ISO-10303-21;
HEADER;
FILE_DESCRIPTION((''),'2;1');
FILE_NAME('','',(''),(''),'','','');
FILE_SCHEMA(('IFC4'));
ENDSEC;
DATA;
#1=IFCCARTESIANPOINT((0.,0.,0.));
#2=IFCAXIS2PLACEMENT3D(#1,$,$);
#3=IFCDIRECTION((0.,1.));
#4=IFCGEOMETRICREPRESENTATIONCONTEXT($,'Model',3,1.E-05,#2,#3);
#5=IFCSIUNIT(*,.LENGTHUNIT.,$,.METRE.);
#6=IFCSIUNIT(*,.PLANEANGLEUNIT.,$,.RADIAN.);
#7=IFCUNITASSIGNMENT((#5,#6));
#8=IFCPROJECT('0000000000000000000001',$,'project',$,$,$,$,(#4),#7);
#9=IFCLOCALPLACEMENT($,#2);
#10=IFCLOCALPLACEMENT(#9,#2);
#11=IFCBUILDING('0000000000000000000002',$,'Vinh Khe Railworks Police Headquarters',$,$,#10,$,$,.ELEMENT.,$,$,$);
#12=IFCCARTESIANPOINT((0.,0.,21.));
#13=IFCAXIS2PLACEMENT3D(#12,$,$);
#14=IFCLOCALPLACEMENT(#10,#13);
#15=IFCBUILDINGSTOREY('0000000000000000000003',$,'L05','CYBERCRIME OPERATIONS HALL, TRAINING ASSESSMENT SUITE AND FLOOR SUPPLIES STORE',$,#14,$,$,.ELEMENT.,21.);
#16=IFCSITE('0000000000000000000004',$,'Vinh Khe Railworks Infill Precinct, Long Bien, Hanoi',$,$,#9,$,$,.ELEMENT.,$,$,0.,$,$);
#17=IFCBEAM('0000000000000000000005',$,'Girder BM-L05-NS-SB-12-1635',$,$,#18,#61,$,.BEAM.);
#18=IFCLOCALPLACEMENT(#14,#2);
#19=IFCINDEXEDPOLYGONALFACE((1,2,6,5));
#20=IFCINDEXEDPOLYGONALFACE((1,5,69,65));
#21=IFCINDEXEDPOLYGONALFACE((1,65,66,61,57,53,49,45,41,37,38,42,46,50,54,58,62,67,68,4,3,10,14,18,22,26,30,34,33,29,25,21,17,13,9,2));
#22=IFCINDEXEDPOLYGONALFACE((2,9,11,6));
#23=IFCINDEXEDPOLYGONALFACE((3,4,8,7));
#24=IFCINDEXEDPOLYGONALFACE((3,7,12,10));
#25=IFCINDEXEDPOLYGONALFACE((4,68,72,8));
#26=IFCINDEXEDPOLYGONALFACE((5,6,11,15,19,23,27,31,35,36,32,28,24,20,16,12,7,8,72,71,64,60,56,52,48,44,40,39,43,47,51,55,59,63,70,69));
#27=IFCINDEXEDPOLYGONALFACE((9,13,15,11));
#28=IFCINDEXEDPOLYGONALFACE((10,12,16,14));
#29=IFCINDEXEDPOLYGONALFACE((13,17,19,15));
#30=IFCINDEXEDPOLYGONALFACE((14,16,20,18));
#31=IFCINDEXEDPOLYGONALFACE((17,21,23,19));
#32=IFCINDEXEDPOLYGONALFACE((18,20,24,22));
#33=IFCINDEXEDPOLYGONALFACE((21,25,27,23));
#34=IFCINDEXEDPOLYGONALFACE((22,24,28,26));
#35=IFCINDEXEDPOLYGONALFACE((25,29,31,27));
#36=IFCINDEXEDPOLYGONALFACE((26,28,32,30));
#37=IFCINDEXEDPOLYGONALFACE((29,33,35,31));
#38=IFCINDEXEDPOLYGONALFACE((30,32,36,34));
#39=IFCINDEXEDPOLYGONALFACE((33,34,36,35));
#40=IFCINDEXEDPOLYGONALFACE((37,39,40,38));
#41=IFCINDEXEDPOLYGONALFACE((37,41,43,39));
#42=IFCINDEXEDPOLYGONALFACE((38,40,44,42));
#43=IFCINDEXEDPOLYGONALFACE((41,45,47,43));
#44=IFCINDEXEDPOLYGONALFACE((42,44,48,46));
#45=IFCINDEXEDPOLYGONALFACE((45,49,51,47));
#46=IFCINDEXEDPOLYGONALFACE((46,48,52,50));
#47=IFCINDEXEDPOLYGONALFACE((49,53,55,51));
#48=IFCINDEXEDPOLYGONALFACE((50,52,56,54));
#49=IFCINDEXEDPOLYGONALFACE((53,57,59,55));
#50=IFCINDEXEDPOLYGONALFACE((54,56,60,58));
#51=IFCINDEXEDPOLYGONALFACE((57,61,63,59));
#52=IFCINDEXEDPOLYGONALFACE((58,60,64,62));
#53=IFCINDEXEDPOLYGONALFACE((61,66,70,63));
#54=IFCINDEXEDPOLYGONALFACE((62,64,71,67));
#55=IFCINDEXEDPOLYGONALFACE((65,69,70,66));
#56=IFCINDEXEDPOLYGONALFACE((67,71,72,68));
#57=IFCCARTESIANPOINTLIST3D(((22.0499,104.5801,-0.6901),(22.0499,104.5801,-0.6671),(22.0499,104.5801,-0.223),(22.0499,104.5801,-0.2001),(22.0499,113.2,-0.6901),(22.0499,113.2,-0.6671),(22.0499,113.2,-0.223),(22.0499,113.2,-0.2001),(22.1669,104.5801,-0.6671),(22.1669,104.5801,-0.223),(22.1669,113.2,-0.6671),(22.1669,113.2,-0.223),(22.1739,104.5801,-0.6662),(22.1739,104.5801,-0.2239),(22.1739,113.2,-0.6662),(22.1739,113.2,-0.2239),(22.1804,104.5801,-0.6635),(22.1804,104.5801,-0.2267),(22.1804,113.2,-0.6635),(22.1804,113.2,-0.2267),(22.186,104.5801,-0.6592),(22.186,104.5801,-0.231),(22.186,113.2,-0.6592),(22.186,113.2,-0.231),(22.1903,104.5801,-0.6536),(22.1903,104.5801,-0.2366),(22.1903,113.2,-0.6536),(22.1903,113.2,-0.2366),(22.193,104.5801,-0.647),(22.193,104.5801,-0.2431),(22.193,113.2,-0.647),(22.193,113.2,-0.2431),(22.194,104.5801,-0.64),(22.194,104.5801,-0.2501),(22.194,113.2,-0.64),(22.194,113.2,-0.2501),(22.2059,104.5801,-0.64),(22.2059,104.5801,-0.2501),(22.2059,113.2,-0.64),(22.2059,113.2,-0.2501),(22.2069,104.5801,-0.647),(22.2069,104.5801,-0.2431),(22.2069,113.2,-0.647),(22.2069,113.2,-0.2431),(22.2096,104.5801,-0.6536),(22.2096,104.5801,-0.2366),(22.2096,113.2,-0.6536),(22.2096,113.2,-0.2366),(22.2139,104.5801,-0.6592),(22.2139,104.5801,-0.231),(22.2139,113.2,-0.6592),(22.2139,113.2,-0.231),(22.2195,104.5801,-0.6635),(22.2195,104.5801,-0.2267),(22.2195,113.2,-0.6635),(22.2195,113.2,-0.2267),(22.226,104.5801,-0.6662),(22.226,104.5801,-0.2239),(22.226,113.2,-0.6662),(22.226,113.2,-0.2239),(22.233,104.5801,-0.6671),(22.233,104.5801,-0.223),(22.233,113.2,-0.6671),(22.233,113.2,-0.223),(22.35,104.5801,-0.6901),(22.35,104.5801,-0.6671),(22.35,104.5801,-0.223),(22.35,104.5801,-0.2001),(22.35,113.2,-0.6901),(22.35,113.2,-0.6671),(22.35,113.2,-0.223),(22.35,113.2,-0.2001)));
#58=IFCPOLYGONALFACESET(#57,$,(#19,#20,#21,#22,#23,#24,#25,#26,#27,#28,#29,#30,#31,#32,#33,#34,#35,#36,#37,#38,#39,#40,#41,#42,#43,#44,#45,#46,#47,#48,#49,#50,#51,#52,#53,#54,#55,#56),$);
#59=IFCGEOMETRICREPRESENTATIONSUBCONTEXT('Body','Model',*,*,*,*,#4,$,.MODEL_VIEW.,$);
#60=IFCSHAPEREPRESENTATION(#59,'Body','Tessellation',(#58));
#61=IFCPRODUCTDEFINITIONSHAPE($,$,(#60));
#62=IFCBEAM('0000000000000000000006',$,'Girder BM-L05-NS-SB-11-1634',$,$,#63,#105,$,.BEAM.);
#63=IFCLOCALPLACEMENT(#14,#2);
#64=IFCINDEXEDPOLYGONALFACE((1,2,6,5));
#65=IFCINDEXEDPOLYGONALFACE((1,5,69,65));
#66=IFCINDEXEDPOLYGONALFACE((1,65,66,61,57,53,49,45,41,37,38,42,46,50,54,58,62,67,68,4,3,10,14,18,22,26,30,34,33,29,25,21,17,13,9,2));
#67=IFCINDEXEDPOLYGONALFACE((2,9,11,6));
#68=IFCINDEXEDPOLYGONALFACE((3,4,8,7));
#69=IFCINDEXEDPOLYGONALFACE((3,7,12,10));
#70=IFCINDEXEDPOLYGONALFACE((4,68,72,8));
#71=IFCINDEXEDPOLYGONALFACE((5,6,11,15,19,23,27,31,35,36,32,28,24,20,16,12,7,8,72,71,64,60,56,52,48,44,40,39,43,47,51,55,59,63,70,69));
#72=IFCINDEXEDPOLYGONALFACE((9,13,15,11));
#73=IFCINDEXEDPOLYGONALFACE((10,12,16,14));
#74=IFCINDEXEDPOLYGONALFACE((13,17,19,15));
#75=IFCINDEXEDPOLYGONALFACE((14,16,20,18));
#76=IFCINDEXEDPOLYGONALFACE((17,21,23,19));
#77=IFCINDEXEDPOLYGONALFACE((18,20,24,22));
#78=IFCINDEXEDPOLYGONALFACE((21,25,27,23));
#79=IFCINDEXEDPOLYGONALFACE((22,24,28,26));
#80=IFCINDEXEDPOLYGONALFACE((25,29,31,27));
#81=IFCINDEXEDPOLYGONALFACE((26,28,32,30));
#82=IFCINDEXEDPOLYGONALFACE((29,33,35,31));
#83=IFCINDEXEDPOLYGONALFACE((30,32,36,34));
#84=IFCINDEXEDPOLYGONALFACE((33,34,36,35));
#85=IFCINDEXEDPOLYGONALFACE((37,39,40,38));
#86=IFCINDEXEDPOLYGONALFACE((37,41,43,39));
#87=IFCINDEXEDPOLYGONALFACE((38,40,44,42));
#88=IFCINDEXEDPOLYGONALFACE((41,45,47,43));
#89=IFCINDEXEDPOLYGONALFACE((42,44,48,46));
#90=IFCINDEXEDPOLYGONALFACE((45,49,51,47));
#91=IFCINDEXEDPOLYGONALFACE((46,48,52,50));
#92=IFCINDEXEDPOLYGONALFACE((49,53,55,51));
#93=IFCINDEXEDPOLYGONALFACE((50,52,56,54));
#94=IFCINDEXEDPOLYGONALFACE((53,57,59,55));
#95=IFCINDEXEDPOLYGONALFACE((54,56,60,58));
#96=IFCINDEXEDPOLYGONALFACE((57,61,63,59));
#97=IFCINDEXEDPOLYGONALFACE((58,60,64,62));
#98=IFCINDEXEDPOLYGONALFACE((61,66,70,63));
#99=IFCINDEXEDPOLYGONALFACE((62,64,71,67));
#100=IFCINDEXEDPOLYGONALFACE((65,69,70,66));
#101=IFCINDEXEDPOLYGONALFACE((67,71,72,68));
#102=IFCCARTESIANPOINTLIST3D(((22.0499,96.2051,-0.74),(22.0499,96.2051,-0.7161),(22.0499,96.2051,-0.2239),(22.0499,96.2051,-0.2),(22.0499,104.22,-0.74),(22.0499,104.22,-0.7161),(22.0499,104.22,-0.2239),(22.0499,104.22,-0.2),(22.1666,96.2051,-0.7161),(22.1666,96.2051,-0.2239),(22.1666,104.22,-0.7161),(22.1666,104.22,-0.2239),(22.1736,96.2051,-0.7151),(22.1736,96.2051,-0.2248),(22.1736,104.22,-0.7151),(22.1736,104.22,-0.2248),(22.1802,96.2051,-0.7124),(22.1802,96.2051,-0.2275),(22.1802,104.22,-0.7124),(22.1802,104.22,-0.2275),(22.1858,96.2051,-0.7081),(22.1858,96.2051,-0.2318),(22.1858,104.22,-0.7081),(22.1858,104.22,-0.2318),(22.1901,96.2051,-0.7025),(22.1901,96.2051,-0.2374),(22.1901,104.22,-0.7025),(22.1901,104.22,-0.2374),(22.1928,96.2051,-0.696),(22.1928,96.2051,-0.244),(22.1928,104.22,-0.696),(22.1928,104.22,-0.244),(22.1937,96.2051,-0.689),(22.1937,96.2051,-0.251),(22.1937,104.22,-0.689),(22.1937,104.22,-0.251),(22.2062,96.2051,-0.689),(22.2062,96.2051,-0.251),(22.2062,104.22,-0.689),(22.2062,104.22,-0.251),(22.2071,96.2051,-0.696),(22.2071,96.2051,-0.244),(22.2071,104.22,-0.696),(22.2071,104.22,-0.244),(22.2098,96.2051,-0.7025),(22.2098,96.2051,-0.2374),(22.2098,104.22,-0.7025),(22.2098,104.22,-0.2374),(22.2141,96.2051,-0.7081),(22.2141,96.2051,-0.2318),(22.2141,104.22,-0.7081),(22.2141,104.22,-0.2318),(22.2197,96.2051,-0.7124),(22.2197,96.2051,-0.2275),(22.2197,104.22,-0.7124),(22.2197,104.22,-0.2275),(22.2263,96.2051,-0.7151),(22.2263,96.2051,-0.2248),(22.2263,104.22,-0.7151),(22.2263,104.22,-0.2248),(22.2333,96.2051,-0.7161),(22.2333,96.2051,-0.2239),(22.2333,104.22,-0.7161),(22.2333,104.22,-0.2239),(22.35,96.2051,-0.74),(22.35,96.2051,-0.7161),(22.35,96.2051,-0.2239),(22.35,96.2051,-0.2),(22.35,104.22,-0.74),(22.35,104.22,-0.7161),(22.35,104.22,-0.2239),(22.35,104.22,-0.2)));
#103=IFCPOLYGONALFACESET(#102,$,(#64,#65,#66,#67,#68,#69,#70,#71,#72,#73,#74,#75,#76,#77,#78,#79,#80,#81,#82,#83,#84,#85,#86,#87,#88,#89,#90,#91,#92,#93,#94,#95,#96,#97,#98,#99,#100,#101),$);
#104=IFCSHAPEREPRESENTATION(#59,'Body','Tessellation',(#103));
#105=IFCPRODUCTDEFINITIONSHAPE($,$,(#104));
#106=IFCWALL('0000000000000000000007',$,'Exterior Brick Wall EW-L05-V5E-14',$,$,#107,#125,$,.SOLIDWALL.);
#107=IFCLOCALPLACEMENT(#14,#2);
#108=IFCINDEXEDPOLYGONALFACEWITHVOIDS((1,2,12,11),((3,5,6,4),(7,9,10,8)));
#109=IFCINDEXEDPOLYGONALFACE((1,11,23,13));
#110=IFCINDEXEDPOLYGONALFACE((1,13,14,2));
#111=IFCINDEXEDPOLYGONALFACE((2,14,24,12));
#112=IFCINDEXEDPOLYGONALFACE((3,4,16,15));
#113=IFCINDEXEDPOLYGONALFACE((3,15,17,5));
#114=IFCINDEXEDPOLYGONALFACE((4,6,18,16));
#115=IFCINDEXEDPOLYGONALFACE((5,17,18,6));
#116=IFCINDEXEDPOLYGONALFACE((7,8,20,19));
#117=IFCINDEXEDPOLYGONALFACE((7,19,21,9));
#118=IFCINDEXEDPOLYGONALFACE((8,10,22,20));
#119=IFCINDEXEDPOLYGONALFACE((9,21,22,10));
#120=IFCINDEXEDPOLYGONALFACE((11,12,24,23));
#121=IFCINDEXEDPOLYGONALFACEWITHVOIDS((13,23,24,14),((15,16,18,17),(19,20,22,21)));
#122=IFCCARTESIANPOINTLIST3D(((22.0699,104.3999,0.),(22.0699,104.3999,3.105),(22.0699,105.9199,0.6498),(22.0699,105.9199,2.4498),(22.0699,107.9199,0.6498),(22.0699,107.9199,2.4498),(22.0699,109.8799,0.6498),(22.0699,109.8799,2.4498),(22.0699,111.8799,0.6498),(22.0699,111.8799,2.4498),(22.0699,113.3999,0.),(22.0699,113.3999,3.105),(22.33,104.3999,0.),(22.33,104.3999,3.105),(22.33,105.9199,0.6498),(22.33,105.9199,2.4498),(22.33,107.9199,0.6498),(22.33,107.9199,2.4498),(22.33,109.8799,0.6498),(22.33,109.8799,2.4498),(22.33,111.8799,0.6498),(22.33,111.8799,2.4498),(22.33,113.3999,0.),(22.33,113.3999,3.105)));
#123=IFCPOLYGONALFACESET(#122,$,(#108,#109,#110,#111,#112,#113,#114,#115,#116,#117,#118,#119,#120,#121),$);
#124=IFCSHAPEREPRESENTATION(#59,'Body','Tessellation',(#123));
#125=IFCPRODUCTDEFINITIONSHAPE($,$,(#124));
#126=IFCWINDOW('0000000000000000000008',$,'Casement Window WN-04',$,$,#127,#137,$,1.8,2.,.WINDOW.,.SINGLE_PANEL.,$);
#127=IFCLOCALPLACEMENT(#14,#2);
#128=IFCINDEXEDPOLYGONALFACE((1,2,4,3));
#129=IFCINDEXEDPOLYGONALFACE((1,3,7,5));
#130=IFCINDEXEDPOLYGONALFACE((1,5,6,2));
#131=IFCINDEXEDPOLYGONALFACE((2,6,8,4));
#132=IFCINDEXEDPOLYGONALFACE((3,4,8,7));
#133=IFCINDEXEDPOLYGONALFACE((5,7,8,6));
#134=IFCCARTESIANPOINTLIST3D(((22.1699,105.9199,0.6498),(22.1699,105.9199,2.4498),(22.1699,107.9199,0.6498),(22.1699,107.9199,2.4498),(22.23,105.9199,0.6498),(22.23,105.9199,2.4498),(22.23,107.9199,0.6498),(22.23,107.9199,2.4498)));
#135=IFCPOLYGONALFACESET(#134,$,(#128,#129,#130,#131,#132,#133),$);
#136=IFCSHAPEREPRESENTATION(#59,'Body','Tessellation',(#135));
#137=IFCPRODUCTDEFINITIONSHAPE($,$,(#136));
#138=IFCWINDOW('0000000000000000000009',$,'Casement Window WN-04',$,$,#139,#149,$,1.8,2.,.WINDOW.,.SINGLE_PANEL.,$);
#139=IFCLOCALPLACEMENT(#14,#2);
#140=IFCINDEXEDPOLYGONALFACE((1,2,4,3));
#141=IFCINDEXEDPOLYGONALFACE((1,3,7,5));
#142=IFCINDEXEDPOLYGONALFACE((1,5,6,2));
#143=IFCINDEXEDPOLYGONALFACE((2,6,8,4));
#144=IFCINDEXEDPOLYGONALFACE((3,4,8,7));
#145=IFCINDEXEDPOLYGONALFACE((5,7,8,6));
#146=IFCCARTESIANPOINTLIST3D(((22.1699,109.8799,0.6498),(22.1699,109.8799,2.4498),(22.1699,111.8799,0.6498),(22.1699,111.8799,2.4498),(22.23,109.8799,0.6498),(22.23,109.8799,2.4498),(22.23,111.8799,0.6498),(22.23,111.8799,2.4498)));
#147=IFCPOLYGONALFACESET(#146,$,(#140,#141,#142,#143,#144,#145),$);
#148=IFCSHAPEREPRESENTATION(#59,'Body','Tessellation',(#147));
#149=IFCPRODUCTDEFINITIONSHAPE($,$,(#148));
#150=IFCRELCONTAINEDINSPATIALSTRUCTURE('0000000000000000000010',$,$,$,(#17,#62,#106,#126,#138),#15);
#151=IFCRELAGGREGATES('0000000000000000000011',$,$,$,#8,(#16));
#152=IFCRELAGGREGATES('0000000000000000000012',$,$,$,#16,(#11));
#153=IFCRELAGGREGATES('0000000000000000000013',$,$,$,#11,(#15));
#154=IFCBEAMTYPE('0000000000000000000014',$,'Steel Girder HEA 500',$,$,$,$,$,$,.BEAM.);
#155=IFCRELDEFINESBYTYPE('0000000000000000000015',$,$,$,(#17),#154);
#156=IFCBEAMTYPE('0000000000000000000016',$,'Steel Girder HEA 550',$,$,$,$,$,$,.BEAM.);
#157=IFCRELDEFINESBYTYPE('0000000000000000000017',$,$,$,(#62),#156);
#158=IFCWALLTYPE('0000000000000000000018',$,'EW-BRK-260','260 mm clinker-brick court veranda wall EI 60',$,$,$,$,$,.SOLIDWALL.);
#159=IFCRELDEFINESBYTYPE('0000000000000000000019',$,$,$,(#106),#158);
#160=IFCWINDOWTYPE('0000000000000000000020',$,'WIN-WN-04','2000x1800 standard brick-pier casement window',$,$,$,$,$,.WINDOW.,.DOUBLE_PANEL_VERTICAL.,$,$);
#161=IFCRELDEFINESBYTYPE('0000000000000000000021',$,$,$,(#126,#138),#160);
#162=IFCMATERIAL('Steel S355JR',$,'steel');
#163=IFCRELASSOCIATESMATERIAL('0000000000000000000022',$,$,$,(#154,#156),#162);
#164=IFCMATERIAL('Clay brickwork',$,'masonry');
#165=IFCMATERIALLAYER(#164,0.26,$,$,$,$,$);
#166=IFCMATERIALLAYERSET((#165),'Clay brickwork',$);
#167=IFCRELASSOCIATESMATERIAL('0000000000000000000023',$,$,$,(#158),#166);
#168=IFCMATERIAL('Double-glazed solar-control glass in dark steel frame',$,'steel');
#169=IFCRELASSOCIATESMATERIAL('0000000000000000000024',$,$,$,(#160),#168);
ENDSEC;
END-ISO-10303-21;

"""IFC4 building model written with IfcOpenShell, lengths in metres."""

from ifc_helpers import new_model, si_unit, direction, frame, frame_2d, origin, origin_2d, place, context, subcontext, project, spatial, rectangle, i_section, extrude, material, layer, layer_set, material_profile, profile_set, type_object, element, fill, save


model = new_model("IFC4")

# Units and contexts
model_context = context("Model", 3, precision=1e-05, world=origin(), true_north=direction((0.0, 1.0)))
body_context = subcontext(model_context, "Body", "Model", "MODEL_VIEW")
ifc_project = project(units=[si_unit("LENGTHUNIT", "METRE"), si_unit("PLANEANGLEUNIT", "RADIAN")], contexts=[model_context])

# Site, building, storey
site_placement = place(None, origin())
site = spatial("IfcSite", under=ifc_project, at=site_placement, Name="Vinh Khe Railworks Infill Precinct, Long Bien, Hanoi", CompositionType="ELEMENT", RefElevation=0.0)
building_placement = place(site_placement, origin())
building = spatial("IfcBuilding", under=site, at=building_placement, Name="Vinh Khe Railworks Police Headquarters", CompositionType="ELEMENT")
storey_placement = place(building_placement, frame((0.0, 0.0, 21.0)))
storey = spatial("IfcBuildingStorey", under=building, at=storey_placement, Name="L05", Description="CYBERCRIME OPERATIONS HALL, TRAINING ASSESSMENT SUITE AND FLOOR SUPPLIES STORE", CompositionType="ELEMENT", Elevation=21.0)

# Shared definitions
ifc_material_1 = material(Name="Steel S355JR", Category="steel")

# Beams
ifc_material_profile_1 = material_profile(ifc_material_1, i_section(OverallWidth=0.3, OverallDepth=0.49, WebThickness=0.012, FlangeThickness=0.0229, FilletRadius=0.0271, at=origin_2d()), Name="HEA 500")
ifc_profile_set_1 = profile_set([ifc_material_profile_1], Name="Steel S355JR")
beam_type_1 = type_object("IfcBeamType", Name="Steel Girder HEA 500", PredefinedType="BEAM", material=ifc_profile_set_1)
beam_1_placement = place(storey_placement, frame((22.2, 104.5801, -0.4451), z_axis=(0.0, 1.0, 0.0), x_axis=(-1.0, 0.0, 0.0)))
element("IfcBeam", 1, at=beam_1_placement, inside=storey, type_object=beam_type_1, Name="Girder BM-L05-NS-SB-12-1635", PredefinedType="BEAM", context=body_context, shape_type="SweptSolid", body=[
    extrude(i_section(OverallWidth=0.3, OverallDepth=0.49, WebThickness=0.012, FlangeThickness=0.0229, FilletRadius=0.0271, at=origin_2d()), origin(), (0.0, 0.0, 1.0), 8.6199),
])
ifc_material_profile_2 = material_profile(ifc_material_1, i_section(OverallWidth=0.3, OverallDepth=0.54, WebThickness=0.0125, FlangeThickness=0.0239, FilletRadius=0.0271, at=origin_2d()), Name="HEA 550")
ifc_profile_set_2 = profile_set([ifc_material_profile_2], Name="Steel S355JR")
beam_type_2 = type_object("IfcBeamType", Name="Steel Girder HEA 550", PredefinedType="BEAM", material=ifc_profile_set_2)
beam_2_placement = place(storey_placement, frame((22.2, 96.2051, -0.47), z_axis=(0.0, 1.0, 0.0), x_axis=(-1.0, 0.0, 0.0)))
element("IfcBeam", 2, at=beam_2_placement, inside=storey, type_object=beam_type_2, Name="Girder BM-L05-NS-SB-11-1634", PredefinedType="BEAM", context=body_context, shape_type="SweptSolid", body=[
    extrude(i_section(OverallWidth=0.3, OverallDepth=0.54, WebThickness=0.0125, FlangeThickness=0.0239, FilletRadius=0.0271, at=origin_2d()), origin(), (0.0, 0.0, 1.0), 8.0149),
])

# Wall, openings, windows
ifc_material_2 = material(Name="Clay brickwork", Category="masonry")
ifc_layer_1 = layer(ifc_material_2, 0.26)
ifc_layer_set_1 = layer_set([ifc_layer_1], Name="Clay brickwork")
wall_type_1 = type_object("IfcWallType", Name="EW-BRK-260", Description="260 mm clinker-brick court veranda wall EI 60", PredefinedType="SOLIDWALL", material=ifc_layer_set_1)
wall_1_placement = place(storey_placement, frame((22.2, 104.3999, 0.0), z_axis=(0.0, 0.0, 1.0), x_axis=(0.0, 1.0, 0.0)))
wall_1 = element("IfcWall", 3, at=wall_1_placement, inside=storey, type_object=wall_type_1, Name="Exterior Brick Wall EW-L05-V5E-14", PredefinedType="SOLIDWALL", context=body_context, shape_type="SweptSolid", body=[
    extrude(rectangle(XDim=9.0, YDim=0.26, at=frame_2d((4.5, 0.0))), origin(), (0.0, 0.0, 1.0), 3.105),
])
opening_1_placement = place(wall_1_placement, frame((1.52, 0.0, 0.6499)))
opening_1 = element("IfcOpeningElement", 4, at=opening_1_placement, cuts=wall_1, PredefinedType="OPENING", context=body_context, shape_type="SweptSolid", body=[
    extrude(rectangle(XDim=2.0, YDim=1.8, at=frame_2d((1.0, 0.8999))), frame((0.0, 0.145, 0.0), z_axis=(0.0, -1.0, 0.0), x_axis=(1.0, 0.0, 0.0)), (0.0, 0.0, 1.0), 0.2898),
])
opening_2_placement = place(wall_1_placement, frame((5.48, 0.0, 0.6499)))
opening_2 = element("IfcOpeningElement", 5, at=opening_2_placement, cuts=wall_1, PredefinedType="OPENING", context=body_context, shape_type="SweptSolid", body=[
    extrude(rectangle(XDim=2.0, YDim=1.8, at=frame_2d((1.0, 0.8999))), frame((0.0, 0.145, 0.0), z_axis=(0.0, -1.0, 0.0), x_axis=(1.0, 0.0, 0.0)), (0.0, 0.0, 1.0), 0.2898),
])
ifc_material_3 = material(Name="Double-glazed solar-control glass in dark steel frame", Category="steel")
window_type = type_object("IfcWindowType", Name="WIN-WN-04", Description="2000x1800 standard brick-pier casement window", PartitioningType="DOUBLE_PANEL_VERTICAL", PredefinedType="WINDOW", material=ifc_material_3)
window_1_placement = place(opening_1_placement, origin())
window_1 = element("IfcWindow", 6, at=window_1_placement, inside=storey, type_object=window_type, Name="Casement Window WN-04", OverallHeight=1.8, OverallWidth=2.0, PartitioningType="SINGLE_PANEL", PredefinedType="WINDOW", context=body_context, shape_type="SweptSolid", body=[
    extrude(rectangle(XDim=2.0, YDim=1.8, at=frame_2d((1.0, 0.8999))), frame((0.0, 0.03, 0.0), z_axis=(0.0, -1.0, 0.0), x_axis=(1.0, 0.0, 0.0)), (0.0, 0.0, 1.0), 0.0601),
])
fill(opening_1, window_1)
window_2_placement = place(opening_2_placement, origin())
window_2 = element("IfcWindow", 7, at=window_2_placement, inside=storey, type_object=window_type, Name="Casement Window WN-04", OverallHeight=1.8, OverallWidth=2.0, PartitioningType="SINGLE_PANEL", PredefinedType="WINDOW", context=body_context, shape_type="SweptSolid", body=[
    extrude(rectangle(XDim=2.0, YDim=1.8, at=frame_2d((1.0, 0.8999))), frame((0.0, 0.03, 0.0), z_axis=(0.0, -1.0, 0.0), x_axis=(1.0, 0.0, 0.0)), (0.0, 0.0, 1.0), 0.0601),
])
fill(opening_2, window_2)

save(model, "model.ifc")
